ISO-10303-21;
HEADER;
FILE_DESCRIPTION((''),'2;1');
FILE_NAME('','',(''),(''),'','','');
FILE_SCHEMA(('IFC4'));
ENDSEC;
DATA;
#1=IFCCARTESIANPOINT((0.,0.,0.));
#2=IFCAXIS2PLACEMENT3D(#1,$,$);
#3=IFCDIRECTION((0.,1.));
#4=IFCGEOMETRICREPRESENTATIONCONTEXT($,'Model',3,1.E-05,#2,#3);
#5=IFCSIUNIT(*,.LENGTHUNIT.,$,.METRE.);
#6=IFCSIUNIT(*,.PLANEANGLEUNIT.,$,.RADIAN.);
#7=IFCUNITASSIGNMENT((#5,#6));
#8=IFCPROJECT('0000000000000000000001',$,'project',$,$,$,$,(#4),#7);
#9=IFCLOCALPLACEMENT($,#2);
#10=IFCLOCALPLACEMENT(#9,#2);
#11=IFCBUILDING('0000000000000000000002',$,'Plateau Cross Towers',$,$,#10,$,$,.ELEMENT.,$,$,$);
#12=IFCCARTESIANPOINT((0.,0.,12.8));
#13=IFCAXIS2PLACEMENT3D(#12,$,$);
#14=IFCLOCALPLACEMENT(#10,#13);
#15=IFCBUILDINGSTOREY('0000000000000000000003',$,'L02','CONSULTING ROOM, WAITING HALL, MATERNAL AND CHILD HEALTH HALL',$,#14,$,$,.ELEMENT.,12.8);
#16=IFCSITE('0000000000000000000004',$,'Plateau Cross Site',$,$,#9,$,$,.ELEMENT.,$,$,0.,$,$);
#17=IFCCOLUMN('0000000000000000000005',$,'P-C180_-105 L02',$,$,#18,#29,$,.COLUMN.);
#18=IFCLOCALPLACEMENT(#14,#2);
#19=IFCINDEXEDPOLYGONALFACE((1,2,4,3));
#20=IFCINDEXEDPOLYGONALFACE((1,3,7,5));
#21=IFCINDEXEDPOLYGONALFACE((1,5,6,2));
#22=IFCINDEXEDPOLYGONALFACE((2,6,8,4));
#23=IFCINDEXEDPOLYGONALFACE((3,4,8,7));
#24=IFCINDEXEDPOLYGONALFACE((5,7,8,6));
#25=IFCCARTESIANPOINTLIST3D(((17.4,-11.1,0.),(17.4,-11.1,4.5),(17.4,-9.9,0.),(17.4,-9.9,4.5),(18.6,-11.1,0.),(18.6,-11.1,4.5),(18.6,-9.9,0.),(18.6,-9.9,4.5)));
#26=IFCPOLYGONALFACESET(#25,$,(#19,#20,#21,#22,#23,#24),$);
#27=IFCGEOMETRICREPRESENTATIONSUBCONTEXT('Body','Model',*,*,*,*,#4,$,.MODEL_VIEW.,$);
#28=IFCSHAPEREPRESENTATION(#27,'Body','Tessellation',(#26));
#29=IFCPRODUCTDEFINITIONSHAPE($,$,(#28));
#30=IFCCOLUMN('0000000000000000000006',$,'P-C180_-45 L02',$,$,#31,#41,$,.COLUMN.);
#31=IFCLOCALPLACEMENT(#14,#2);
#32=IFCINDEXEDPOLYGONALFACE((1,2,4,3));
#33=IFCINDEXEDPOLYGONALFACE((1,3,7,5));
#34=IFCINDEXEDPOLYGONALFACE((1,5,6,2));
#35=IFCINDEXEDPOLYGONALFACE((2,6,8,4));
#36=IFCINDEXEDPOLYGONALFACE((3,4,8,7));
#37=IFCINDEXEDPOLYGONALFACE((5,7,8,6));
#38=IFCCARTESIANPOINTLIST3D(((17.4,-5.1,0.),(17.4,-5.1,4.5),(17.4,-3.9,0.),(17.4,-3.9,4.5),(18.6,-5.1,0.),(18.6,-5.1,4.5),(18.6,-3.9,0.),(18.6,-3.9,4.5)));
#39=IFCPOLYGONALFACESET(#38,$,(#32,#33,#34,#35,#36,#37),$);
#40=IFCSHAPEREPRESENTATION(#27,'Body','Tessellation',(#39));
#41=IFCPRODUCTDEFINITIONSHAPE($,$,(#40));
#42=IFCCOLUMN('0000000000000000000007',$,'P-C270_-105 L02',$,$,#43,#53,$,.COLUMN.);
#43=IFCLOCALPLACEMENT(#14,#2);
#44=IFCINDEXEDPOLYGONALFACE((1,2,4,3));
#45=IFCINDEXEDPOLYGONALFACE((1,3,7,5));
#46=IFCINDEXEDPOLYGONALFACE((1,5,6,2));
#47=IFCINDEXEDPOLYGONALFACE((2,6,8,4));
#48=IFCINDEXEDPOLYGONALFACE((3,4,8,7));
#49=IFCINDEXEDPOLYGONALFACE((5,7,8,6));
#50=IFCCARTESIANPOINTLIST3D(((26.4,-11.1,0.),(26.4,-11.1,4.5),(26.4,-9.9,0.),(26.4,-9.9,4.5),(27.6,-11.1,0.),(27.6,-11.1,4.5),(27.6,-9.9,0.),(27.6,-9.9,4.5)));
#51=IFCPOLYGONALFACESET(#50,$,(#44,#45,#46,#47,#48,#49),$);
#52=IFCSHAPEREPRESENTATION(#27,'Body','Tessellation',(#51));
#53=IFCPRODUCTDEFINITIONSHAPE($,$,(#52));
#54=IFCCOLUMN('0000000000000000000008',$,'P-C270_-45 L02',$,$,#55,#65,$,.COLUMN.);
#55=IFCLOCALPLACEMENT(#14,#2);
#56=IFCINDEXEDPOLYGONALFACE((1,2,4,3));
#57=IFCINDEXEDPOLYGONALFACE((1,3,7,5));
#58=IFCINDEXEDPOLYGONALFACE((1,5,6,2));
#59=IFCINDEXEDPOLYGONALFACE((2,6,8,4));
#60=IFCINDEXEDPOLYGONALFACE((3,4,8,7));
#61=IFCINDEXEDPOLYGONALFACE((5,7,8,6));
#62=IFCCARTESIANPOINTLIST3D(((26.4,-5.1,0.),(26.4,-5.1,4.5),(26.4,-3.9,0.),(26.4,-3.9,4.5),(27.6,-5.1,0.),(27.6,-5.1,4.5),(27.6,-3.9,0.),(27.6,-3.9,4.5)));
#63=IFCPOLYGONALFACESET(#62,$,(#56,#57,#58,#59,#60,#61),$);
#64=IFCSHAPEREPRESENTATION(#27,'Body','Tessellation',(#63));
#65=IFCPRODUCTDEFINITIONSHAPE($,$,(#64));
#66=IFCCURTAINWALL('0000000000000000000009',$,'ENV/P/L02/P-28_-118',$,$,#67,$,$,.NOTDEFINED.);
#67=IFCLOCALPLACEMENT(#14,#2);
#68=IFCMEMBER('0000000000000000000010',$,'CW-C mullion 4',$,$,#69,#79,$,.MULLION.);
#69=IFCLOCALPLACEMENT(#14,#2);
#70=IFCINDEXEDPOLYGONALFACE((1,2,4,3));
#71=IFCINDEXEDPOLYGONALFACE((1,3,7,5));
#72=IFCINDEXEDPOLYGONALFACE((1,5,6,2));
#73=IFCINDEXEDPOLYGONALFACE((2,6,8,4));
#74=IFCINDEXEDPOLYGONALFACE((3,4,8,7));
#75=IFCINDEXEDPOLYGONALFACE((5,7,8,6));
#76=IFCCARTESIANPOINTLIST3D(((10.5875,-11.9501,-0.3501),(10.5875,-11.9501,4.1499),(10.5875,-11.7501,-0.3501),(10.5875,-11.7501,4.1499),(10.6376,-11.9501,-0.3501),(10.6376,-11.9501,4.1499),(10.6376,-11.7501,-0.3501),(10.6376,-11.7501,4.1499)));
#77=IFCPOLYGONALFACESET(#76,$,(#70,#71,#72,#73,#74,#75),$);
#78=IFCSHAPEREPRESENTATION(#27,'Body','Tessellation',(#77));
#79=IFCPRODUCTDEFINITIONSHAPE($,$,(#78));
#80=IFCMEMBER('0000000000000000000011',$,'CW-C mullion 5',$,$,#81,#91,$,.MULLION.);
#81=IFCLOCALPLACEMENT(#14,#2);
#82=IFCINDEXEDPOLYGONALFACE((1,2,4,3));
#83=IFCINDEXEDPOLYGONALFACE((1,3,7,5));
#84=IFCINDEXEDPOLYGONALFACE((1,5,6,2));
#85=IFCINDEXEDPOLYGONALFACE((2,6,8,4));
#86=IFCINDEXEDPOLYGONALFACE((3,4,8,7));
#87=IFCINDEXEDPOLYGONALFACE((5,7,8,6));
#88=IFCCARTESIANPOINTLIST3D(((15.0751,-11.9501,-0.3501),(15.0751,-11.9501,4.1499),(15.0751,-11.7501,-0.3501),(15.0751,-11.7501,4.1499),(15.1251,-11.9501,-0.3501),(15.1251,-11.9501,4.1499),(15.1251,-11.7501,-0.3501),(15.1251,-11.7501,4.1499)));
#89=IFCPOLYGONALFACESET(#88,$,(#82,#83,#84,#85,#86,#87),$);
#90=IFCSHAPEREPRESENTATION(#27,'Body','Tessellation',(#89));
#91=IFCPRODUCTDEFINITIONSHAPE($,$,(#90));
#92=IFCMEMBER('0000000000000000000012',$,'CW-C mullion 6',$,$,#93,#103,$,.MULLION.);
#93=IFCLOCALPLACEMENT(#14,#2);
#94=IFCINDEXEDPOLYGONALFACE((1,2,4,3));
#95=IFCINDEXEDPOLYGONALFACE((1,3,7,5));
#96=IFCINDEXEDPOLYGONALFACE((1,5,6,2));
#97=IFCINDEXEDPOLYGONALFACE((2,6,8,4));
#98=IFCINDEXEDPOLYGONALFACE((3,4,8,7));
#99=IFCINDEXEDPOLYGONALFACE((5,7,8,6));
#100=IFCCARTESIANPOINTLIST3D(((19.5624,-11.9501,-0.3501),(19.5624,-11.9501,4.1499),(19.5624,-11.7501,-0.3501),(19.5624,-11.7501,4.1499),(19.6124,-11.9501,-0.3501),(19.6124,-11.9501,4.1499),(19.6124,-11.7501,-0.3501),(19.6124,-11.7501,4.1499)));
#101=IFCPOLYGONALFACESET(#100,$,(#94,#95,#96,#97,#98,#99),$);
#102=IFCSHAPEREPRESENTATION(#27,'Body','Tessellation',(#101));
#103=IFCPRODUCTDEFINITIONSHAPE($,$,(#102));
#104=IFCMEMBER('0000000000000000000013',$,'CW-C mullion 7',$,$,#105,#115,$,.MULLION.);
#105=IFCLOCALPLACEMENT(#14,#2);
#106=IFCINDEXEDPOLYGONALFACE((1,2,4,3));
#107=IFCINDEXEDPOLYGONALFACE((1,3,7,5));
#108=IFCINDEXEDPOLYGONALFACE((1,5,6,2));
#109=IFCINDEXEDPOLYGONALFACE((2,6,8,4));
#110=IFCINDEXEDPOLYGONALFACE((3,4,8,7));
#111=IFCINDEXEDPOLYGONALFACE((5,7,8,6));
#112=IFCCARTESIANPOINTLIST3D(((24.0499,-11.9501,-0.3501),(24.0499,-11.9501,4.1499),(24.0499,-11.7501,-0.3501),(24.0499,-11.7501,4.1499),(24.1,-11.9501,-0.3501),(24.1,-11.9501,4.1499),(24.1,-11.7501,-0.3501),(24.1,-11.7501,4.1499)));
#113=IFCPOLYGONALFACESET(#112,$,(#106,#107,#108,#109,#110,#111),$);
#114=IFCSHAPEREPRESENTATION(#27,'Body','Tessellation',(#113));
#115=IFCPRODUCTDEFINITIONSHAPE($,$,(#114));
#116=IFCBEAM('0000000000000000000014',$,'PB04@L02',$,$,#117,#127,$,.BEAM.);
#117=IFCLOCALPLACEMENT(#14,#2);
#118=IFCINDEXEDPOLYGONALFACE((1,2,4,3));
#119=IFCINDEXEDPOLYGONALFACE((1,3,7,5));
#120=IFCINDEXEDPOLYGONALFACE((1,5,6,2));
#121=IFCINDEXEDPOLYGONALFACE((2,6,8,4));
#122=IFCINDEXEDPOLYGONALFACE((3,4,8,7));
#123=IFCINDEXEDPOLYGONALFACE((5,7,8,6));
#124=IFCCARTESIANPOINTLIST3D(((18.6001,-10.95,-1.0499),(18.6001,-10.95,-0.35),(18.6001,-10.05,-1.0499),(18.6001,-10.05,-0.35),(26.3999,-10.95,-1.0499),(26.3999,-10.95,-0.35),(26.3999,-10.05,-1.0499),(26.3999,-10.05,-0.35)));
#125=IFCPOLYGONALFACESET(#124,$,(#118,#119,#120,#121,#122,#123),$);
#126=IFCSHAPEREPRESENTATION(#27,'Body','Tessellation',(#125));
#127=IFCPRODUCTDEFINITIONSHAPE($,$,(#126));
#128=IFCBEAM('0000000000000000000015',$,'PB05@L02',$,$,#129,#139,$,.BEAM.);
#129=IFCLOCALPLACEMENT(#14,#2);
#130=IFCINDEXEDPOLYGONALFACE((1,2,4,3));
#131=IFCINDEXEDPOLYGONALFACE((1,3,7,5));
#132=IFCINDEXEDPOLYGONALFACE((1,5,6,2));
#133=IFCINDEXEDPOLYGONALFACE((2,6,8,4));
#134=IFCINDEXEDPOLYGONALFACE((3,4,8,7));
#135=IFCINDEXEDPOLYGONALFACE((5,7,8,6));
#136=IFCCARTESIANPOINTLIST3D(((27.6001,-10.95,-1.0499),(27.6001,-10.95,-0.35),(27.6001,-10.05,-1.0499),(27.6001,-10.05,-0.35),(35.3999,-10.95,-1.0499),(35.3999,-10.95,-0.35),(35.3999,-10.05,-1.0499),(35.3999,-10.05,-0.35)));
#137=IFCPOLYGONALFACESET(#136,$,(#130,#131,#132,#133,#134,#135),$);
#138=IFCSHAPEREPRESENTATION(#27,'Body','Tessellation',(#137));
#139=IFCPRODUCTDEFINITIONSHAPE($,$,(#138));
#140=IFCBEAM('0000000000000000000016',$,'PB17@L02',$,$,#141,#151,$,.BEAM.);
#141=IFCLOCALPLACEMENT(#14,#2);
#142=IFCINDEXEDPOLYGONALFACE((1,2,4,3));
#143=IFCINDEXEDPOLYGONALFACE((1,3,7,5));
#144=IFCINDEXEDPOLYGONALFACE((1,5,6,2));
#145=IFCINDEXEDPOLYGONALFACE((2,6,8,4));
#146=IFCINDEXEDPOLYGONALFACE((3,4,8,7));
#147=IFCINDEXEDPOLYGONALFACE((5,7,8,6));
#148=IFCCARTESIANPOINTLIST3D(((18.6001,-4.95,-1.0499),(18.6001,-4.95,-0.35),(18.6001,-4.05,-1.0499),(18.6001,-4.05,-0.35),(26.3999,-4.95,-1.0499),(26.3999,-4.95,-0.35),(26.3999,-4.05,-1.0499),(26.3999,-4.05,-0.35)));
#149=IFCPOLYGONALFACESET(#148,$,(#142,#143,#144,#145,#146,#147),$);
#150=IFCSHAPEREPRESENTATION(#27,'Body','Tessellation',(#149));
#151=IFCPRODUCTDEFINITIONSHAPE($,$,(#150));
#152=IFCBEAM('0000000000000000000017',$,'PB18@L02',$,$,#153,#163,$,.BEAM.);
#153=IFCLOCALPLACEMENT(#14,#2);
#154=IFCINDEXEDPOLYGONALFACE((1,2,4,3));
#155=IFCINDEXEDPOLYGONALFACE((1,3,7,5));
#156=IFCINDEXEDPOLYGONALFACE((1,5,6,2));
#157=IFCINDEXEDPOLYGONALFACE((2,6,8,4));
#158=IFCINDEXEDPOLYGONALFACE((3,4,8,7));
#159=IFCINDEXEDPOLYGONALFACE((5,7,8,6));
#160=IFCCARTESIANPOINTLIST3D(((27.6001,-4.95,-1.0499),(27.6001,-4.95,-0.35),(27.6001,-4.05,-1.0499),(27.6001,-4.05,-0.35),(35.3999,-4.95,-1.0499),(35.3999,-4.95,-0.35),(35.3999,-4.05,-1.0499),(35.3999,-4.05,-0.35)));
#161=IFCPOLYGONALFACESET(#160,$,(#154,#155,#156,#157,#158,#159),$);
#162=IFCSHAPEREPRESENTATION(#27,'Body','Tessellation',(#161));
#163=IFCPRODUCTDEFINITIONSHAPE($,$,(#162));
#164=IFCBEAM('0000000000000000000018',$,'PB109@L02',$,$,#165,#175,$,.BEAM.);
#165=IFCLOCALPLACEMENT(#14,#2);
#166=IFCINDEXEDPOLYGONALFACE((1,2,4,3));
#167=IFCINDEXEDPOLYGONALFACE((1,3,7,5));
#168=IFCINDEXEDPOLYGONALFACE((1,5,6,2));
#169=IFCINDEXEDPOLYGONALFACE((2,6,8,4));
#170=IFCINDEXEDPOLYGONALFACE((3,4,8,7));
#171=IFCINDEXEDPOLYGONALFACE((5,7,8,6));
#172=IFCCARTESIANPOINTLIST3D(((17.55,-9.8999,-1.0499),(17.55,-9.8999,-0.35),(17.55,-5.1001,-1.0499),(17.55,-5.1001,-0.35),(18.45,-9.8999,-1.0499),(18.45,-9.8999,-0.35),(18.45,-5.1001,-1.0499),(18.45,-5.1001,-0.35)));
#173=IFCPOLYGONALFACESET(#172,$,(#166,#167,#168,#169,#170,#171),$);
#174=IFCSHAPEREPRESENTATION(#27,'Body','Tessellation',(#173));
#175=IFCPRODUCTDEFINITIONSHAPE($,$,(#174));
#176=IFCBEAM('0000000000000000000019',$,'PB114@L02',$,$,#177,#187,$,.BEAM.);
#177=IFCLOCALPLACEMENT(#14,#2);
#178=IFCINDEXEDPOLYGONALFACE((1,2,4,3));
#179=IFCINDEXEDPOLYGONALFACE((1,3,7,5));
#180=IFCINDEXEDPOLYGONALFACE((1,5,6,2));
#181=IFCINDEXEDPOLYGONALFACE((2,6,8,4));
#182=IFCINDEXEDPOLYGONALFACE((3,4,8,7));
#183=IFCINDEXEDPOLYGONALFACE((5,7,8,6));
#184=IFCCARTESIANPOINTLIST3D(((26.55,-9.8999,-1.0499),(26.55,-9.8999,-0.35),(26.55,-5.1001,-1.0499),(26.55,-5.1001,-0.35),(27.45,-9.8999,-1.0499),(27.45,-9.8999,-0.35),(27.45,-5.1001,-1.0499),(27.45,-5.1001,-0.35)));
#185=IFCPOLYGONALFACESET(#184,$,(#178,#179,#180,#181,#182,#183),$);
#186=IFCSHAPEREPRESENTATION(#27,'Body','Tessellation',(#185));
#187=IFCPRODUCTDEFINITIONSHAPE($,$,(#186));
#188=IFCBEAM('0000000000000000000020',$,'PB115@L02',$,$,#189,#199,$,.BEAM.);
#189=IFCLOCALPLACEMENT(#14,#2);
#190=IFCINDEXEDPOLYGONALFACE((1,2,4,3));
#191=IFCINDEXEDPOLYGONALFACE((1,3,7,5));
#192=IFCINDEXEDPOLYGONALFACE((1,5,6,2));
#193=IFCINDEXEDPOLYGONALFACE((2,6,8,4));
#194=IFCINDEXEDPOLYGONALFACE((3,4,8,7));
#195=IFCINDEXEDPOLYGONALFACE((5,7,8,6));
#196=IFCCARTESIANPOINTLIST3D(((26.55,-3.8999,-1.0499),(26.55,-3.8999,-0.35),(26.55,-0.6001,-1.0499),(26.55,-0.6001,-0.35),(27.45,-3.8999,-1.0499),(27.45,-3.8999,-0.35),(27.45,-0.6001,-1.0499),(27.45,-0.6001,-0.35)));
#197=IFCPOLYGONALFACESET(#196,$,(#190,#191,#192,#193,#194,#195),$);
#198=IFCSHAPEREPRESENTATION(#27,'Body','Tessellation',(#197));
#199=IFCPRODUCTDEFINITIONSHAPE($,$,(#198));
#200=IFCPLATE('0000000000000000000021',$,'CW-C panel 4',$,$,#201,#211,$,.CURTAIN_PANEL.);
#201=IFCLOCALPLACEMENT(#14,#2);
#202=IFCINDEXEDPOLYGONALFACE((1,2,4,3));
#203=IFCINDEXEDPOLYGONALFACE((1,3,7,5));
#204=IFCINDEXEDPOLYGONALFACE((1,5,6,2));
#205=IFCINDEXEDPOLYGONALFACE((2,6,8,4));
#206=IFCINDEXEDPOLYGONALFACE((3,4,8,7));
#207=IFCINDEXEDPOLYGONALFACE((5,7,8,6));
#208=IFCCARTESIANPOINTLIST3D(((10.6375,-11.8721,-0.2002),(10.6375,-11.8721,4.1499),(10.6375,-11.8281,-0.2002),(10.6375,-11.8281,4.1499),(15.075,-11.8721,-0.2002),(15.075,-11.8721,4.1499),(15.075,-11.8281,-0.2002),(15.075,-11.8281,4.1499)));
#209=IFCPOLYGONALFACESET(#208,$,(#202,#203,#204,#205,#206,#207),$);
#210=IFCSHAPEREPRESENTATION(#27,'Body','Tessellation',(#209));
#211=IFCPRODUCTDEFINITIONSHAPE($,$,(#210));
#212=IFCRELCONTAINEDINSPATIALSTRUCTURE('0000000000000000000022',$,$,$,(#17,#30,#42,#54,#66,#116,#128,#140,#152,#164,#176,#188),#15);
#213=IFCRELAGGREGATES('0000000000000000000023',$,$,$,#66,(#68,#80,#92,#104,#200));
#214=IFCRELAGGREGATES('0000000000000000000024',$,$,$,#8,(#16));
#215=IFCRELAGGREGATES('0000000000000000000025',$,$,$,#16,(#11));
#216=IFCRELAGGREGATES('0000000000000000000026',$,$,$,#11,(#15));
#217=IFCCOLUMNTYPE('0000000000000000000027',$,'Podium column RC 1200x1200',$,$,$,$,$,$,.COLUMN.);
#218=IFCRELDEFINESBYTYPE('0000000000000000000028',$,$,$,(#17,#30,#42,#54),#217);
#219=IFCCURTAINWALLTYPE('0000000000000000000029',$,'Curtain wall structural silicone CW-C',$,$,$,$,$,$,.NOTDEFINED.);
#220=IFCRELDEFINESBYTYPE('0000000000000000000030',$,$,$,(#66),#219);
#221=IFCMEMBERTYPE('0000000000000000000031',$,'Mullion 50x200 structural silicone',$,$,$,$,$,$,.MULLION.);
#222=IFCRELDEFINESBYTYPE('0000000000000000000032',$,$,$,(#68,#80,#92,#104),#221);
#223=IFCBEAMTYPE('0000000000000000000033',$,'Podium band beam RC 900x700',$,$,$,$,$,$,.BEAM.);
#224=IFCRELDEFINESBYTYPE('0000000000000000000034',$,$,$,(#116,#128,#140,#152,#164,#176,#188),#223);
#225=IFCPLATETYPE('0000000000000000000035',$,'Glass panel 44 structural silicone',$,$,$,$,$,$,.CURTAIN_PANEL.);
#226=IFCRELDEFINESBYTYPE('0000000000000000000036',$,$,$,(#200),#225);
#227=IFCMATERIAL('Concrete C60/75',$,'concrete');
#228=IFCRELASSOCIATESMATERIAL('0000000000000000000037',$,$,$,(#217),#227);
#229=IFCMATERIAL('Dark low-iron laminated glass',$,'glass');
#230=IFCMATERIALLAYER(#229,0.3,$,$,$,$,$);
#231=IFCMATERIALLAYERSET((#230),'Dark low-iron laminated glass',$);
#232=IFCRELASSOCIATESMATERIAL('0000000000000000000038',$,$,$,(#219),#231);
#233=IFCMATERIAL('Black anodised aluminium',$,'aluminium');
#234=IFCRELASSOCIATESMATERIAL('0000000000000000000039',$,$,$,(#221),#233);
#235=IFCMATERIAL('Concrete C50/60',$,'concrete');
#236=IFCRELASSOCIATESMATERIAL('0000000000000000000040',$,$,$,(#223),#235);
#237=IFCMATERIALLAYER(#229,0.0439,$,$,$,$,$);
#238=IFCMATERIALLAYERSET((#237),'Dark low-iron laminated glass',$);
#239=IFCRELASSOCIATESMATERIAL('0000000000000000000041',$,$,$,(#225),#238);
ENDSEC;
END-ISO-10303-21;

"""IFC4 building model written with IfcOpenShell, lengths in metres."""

from ifc_helpers import new_model, si_unit, direction, frame, origin, origin_2d, place, context, subcontext, project, spatial, rectangle, extrude, material, layer, layer_set, material_profile, profile_set, type_object, element, aggregate, save


model = new_model("IFC4")

# Units and contexts
model_context = context("Model", 3, precision=1e-05, world=origin(), true_north=direction((0.0, 1.0)))
body_context = subcontext(model_context, "Body", "Model", "MODEL_VIEW")
ifc_project = project(units=[si_unit("LENGTHUNIT", "METRE"), si_unit("PLANEANGLEUNIT", "RADIAN")], contexts=[model_context])

# Site, building, storey
site_placement = place(None, origin())
site = spatial("IfcSite", under=ifc_project, at=site_placement, Name="Plateau Cross Site", CompositionType="ELEMENT", RefElevation=0.0)
building_placement = place(site_placement, origin())
building = spatial("IfcBuilding", under=site, at=building_placement, Name="Plateau Cross Towers", CompositionType="ELEMENT")
storey_placement = place(building_placement, frame((0.0, 0.0, 12.8)))
storey = spatial("IfcBuildingStorey", under=building, at=storey_placement, Name="L02", Description="CONSULTING ROOM, WAITING HALL, MATERNAL AND CHILD HEALTH HALL", CompositionType="ELEMENT", Elevation=12.8)

# Columns
ifc_material_1 = material(Name="Concrete C60/75", Category="concrete")
ifc_material_profile_1 = material_profile(ifc_material_1, rectangle(XDim=1.2, YDim=1.2, at=origin_2d()), Name="RC 1200x1200")
ifc_profile_set_1 = profile_set([ifc_material_profile_1], Name="Concrete C60/75")
column_type = type_object("IfcColumnType", Name="Podium column RC 1200x1200", PredefinedType="COLUMN", material=ifc_profile_set_1)
for number, where, z_axis, x_axis, name in (
    (1, (18.0, -10.5, 0.0), (0.0, 0.0, 1.0), (1.0, 0.0, 0.0), "P-C180_-105 L02"),
    (2, (18.0, -4.5, 0.0), (0.0, 0.0, 1.0), (1.0, 0.0, 0.0), "P-C180_-45 L02"),
    (3, (27.0, -10.5, 0.0), (0.0, 0.0, 1.0), (1.0, 0.0, 0.0), "P-C270_-105 L02"),
    (4, (27.0, -4.5, 0.0), (0.0, 0.0, 1.0), (1.0, 0.0, 0.0), "P-C270_-45 L02"),
):
    element("IfcColumn", number, at=place(storey_placement, frame(where, z_axis=z_axis, x_axis=x_axis)), inside=storey, type_object=column_type, Name=name, PredefinedType="COLUMN", context=body_context, shape_type="SweptSolid", body=[
        extrude(rectangle(XDim=1.2, YDim=1.2, at=origin_2d()), origin(), (0.0, 0.0, 1.0), 4.5),
    ])

# Curtain wall, members
ifc_material_2 = material(Name="Dark low-iron laminated glass", Category="glass")
ifc_layer_1 = layer(ifc_material_2, 0.3)
ifc_layer_set_1 = layer_set([ifc_layer_1], Name="Dark low-iron laminated glass")
curtain_wall_type = type_object("IfcCurtainWallType", Name="Curtain wall structural silicone CW-C", PredefinedType="NOTDEFINED", material=ifc_layer_set_1)
curtain_wall_placement = place(storey_placement, origin())
curtain_wall = element("IfcCurtainWall", 5, at=curtain_wall_placement, inside=storey, type_object=curtain_wall_type, Name="ENV/P/L02/P-28_-118", PredefinedType="NOTDEFINED")
ifc_material_3 = material(Name="Black anodised aluminium", Category="aluminium")
ifc_material_profile_2 = material_profile(ifc_material_3, rectangle(XDim=0.05, YDim=0.2, at=origin_2d()), Name="MULLION 50x200")
ifc_profile_set_2 = profile_set([ifc_material_profile_2], Name="Black anodised aluminium")
member_type = type_object("IfcMemberType", Name="Mullion 50x200 structural silicone", PredefinedType="MULLION", material=ifc_profile_set_2)
member_1_placement = place(storey_placement, frame((10.6125, -11.8501, -0.3501), z_axis=(0.0, 0.0, 1.0), x_axis=(1.0, 0.0, 0.0)))
member_1 = element("IfcMember", 6, at=member_1_placement, type_object=member_type, Name="CW-C mullion 4", PredefinedType="MULLION", context=body_context, shape_type="SweptSolid", body=[
    extrude(rectangle(XDim=0.05, YDim=0.2, at=origin_2d()), origin(), (0.0, 0.0, 1.0), 4.5),
])
member_2_placement = place(storey_placement, frame((15.1001, -11.8501, -0.3501), z_axis=(0.0, 0.0, 1.0), x_axis=(1.0, 0.0, 0.0)))
member_2 = element("IfcMember", 7, at=member_2_placement, type_object=member_type, Name="CW-C mullion 5", PredefinedType="MULLION", context=body_context, shape_type="SweptSolid", body=[
    extrude(rectangle(XDim=0.05, YDim=0.2, at=origin_2d()), origin(), (0.0, 0.0, 1.0), 4.5),
])
member_3_placement = place(storey_placement, frame((19.5874, -11.8501, -0.3501), z_axis=(0.0, 0.0, 1.0), x_axis=(1.0, 0.0, 0.0)))
member_3 = element("IfcMember", 8, at=member_3_placement, type_object=member_type, Name="CW-C mullion 6", PredefinedType="MULLION", context=body_context, shape_type="SweptSolid", body=[
    extrude(rectangle(XDim=0.05, YDim=0.2, at=origin_2d()), origin(), (0.0, 0.0, 1.0), 4.5),
])
member_4_placement = place(storey_placement, frame((24.075, -11.8501, -0.3501), z_axis=(0.0, 0.0, 1.0), x_axis=(1.0, 0.0, 0.0)))
member_4 = element("IfcMember", 9, at=member_4_placement, type_object=member_type, Name="CW-C mullion 7", PredefinedType="MULLION", context=body_context, shape_type="SweptSolid", body=[
    extrude(rectangle(XDim=0.05, YDim=0.2, at=origin_2d()), origin(), (0.0, 0.0, 1.0), 4.5),
])

# Beams
ifc_material_4 = material(Name="Concrete C50/60", Category="concrete")
ifc_material_profile_3 = material_profile(ifc_material_4, rectangle(XDim=0.8999, YDim=0.7, at=origin_2d()), Name="RC 900x700")
ifc_profile_set_3 = profile_set([ifc_material_profile_3], Name="Concrete C50/60")
beam_type = type_object("IfcBeamType", Name="Podium band beam RC 900x700", PredefinedType="BEAM", material=ifc_profile_set_3)
for number, where, z_axis, x_axis, name in (
    (10, (18.6001, -10.5, -0.7), (1.0, 0.0, 0.0), (0.0, 1.0, 0.0), "PB04@L02"),
    (11, (27.6001, -10.5, -0.7), (1.0, 0.0, 0.0), (0.0, 1.0, 0.0), "PB05@L02"),
    (12, (18.6001, -4.5, -0.7), (1.0, 0.0, 0.0), (0.0, 1.0, 0.0), "PB17@L02"),
    (13, (27.6001, -4.5, -0.7), (1.0, 0.0, 0.0), (0.0, 1.0, 0.0), "PB18@L02"),
):
    element("IfcBeam", number, at=place(storey_placement, frame(where, z_axis=z_axis, x_axis=x_axis)), inside=storey, type_object=beam_type, Name=name, PredefinedType="BEAM", context=body_context, shape_type="SweptSolid", body=[
        extrude(rectangle(XDim=0.8999, YDim=0.7, at=origin_2d()), origin(), (0.0, 0.0, 1.0), 7.7998),
    ])
for number, where, z_axis, x_axis, name in (
    (14, (18.0, -9.8999, -0.7), (0.0, 1.0, 0.0), (-1.0, 0.0, 0.0), "PB109@L02"),
    (15, (27.0, -9.8999, -0.7), (0.0, 1.0, 0.0), (-1.0, 0.0, 0.0), "PB114@L02"),
):
    element("IfcBeam", number, at=place(storey_placement, frame(where, z_axis=z_axis, x_axis=x_axis)), inside=storey, type_object=beam_type, Name=name, PredefinedType="BEAM", context=body_context, shape_type="SweptSolid", body=[
        extrude(rectangle(XDim=0.8999, YDim=0.7, at=origin_2d()), origin(), (0.0, 0.0, 1.0), 4.7998),
    ])
beam_placement = place(storey_placement, frame((27.0, -3.8999, -0.7), z_axis=(0.0, 1.0, 0.0), x_axis=(-1.0, 0.0, 0.0)))
element("IfcBeam", 16, at=beam_placement, inside=storey, type_object=beam_type, Name="PB115@L02", PredefinedType="BEAM", context=body_context, shape_type="SweptSolid", body=[
    extrude(rectangle(XDim=0.8999, YDim=0.7, at=origin_2d()), origin(), (0.0, 0.0, 1.0), 3.2998),
])

# Plate
ifc_layer_2 = layer(ifc_material_2, 0.0439)
ifc_layer_set_2 = layer_set([ifc_layer_2], Name="Dark low-iron laminated glass")
plate_type = type_object("IfcPlateType", Name="Glass panel 44 structural silicone", PredefinedType="CURTAIN_PANEL", material=ifc_layer_set_2)
plate_1_placement = place(storey_placement, frame((12.8562, -11.8501, -0.2002), z_axis=(0.0, 0.0, 1.0), x_axis=(1.0, 0.0, 0.0)))
plate_1 = element("IfcPlate", 17, at=plate_1_placement, type_object=plate_type, Name="CW-C panel 4", PredefinedType="CURTAIN_PANEL", context=body_context, shape_type="SweptSolid", body=[
    extrude(rectangle(XDim=4.4375, YDim=0.0439, at=origin_2d()), origin(), (0.0, 0.0, 1.0), 4.3501),
])
aggregate(curtain_wall, [member_1, member_2, member_3, member_4, plate_1])

save(model, "model.ifc")
